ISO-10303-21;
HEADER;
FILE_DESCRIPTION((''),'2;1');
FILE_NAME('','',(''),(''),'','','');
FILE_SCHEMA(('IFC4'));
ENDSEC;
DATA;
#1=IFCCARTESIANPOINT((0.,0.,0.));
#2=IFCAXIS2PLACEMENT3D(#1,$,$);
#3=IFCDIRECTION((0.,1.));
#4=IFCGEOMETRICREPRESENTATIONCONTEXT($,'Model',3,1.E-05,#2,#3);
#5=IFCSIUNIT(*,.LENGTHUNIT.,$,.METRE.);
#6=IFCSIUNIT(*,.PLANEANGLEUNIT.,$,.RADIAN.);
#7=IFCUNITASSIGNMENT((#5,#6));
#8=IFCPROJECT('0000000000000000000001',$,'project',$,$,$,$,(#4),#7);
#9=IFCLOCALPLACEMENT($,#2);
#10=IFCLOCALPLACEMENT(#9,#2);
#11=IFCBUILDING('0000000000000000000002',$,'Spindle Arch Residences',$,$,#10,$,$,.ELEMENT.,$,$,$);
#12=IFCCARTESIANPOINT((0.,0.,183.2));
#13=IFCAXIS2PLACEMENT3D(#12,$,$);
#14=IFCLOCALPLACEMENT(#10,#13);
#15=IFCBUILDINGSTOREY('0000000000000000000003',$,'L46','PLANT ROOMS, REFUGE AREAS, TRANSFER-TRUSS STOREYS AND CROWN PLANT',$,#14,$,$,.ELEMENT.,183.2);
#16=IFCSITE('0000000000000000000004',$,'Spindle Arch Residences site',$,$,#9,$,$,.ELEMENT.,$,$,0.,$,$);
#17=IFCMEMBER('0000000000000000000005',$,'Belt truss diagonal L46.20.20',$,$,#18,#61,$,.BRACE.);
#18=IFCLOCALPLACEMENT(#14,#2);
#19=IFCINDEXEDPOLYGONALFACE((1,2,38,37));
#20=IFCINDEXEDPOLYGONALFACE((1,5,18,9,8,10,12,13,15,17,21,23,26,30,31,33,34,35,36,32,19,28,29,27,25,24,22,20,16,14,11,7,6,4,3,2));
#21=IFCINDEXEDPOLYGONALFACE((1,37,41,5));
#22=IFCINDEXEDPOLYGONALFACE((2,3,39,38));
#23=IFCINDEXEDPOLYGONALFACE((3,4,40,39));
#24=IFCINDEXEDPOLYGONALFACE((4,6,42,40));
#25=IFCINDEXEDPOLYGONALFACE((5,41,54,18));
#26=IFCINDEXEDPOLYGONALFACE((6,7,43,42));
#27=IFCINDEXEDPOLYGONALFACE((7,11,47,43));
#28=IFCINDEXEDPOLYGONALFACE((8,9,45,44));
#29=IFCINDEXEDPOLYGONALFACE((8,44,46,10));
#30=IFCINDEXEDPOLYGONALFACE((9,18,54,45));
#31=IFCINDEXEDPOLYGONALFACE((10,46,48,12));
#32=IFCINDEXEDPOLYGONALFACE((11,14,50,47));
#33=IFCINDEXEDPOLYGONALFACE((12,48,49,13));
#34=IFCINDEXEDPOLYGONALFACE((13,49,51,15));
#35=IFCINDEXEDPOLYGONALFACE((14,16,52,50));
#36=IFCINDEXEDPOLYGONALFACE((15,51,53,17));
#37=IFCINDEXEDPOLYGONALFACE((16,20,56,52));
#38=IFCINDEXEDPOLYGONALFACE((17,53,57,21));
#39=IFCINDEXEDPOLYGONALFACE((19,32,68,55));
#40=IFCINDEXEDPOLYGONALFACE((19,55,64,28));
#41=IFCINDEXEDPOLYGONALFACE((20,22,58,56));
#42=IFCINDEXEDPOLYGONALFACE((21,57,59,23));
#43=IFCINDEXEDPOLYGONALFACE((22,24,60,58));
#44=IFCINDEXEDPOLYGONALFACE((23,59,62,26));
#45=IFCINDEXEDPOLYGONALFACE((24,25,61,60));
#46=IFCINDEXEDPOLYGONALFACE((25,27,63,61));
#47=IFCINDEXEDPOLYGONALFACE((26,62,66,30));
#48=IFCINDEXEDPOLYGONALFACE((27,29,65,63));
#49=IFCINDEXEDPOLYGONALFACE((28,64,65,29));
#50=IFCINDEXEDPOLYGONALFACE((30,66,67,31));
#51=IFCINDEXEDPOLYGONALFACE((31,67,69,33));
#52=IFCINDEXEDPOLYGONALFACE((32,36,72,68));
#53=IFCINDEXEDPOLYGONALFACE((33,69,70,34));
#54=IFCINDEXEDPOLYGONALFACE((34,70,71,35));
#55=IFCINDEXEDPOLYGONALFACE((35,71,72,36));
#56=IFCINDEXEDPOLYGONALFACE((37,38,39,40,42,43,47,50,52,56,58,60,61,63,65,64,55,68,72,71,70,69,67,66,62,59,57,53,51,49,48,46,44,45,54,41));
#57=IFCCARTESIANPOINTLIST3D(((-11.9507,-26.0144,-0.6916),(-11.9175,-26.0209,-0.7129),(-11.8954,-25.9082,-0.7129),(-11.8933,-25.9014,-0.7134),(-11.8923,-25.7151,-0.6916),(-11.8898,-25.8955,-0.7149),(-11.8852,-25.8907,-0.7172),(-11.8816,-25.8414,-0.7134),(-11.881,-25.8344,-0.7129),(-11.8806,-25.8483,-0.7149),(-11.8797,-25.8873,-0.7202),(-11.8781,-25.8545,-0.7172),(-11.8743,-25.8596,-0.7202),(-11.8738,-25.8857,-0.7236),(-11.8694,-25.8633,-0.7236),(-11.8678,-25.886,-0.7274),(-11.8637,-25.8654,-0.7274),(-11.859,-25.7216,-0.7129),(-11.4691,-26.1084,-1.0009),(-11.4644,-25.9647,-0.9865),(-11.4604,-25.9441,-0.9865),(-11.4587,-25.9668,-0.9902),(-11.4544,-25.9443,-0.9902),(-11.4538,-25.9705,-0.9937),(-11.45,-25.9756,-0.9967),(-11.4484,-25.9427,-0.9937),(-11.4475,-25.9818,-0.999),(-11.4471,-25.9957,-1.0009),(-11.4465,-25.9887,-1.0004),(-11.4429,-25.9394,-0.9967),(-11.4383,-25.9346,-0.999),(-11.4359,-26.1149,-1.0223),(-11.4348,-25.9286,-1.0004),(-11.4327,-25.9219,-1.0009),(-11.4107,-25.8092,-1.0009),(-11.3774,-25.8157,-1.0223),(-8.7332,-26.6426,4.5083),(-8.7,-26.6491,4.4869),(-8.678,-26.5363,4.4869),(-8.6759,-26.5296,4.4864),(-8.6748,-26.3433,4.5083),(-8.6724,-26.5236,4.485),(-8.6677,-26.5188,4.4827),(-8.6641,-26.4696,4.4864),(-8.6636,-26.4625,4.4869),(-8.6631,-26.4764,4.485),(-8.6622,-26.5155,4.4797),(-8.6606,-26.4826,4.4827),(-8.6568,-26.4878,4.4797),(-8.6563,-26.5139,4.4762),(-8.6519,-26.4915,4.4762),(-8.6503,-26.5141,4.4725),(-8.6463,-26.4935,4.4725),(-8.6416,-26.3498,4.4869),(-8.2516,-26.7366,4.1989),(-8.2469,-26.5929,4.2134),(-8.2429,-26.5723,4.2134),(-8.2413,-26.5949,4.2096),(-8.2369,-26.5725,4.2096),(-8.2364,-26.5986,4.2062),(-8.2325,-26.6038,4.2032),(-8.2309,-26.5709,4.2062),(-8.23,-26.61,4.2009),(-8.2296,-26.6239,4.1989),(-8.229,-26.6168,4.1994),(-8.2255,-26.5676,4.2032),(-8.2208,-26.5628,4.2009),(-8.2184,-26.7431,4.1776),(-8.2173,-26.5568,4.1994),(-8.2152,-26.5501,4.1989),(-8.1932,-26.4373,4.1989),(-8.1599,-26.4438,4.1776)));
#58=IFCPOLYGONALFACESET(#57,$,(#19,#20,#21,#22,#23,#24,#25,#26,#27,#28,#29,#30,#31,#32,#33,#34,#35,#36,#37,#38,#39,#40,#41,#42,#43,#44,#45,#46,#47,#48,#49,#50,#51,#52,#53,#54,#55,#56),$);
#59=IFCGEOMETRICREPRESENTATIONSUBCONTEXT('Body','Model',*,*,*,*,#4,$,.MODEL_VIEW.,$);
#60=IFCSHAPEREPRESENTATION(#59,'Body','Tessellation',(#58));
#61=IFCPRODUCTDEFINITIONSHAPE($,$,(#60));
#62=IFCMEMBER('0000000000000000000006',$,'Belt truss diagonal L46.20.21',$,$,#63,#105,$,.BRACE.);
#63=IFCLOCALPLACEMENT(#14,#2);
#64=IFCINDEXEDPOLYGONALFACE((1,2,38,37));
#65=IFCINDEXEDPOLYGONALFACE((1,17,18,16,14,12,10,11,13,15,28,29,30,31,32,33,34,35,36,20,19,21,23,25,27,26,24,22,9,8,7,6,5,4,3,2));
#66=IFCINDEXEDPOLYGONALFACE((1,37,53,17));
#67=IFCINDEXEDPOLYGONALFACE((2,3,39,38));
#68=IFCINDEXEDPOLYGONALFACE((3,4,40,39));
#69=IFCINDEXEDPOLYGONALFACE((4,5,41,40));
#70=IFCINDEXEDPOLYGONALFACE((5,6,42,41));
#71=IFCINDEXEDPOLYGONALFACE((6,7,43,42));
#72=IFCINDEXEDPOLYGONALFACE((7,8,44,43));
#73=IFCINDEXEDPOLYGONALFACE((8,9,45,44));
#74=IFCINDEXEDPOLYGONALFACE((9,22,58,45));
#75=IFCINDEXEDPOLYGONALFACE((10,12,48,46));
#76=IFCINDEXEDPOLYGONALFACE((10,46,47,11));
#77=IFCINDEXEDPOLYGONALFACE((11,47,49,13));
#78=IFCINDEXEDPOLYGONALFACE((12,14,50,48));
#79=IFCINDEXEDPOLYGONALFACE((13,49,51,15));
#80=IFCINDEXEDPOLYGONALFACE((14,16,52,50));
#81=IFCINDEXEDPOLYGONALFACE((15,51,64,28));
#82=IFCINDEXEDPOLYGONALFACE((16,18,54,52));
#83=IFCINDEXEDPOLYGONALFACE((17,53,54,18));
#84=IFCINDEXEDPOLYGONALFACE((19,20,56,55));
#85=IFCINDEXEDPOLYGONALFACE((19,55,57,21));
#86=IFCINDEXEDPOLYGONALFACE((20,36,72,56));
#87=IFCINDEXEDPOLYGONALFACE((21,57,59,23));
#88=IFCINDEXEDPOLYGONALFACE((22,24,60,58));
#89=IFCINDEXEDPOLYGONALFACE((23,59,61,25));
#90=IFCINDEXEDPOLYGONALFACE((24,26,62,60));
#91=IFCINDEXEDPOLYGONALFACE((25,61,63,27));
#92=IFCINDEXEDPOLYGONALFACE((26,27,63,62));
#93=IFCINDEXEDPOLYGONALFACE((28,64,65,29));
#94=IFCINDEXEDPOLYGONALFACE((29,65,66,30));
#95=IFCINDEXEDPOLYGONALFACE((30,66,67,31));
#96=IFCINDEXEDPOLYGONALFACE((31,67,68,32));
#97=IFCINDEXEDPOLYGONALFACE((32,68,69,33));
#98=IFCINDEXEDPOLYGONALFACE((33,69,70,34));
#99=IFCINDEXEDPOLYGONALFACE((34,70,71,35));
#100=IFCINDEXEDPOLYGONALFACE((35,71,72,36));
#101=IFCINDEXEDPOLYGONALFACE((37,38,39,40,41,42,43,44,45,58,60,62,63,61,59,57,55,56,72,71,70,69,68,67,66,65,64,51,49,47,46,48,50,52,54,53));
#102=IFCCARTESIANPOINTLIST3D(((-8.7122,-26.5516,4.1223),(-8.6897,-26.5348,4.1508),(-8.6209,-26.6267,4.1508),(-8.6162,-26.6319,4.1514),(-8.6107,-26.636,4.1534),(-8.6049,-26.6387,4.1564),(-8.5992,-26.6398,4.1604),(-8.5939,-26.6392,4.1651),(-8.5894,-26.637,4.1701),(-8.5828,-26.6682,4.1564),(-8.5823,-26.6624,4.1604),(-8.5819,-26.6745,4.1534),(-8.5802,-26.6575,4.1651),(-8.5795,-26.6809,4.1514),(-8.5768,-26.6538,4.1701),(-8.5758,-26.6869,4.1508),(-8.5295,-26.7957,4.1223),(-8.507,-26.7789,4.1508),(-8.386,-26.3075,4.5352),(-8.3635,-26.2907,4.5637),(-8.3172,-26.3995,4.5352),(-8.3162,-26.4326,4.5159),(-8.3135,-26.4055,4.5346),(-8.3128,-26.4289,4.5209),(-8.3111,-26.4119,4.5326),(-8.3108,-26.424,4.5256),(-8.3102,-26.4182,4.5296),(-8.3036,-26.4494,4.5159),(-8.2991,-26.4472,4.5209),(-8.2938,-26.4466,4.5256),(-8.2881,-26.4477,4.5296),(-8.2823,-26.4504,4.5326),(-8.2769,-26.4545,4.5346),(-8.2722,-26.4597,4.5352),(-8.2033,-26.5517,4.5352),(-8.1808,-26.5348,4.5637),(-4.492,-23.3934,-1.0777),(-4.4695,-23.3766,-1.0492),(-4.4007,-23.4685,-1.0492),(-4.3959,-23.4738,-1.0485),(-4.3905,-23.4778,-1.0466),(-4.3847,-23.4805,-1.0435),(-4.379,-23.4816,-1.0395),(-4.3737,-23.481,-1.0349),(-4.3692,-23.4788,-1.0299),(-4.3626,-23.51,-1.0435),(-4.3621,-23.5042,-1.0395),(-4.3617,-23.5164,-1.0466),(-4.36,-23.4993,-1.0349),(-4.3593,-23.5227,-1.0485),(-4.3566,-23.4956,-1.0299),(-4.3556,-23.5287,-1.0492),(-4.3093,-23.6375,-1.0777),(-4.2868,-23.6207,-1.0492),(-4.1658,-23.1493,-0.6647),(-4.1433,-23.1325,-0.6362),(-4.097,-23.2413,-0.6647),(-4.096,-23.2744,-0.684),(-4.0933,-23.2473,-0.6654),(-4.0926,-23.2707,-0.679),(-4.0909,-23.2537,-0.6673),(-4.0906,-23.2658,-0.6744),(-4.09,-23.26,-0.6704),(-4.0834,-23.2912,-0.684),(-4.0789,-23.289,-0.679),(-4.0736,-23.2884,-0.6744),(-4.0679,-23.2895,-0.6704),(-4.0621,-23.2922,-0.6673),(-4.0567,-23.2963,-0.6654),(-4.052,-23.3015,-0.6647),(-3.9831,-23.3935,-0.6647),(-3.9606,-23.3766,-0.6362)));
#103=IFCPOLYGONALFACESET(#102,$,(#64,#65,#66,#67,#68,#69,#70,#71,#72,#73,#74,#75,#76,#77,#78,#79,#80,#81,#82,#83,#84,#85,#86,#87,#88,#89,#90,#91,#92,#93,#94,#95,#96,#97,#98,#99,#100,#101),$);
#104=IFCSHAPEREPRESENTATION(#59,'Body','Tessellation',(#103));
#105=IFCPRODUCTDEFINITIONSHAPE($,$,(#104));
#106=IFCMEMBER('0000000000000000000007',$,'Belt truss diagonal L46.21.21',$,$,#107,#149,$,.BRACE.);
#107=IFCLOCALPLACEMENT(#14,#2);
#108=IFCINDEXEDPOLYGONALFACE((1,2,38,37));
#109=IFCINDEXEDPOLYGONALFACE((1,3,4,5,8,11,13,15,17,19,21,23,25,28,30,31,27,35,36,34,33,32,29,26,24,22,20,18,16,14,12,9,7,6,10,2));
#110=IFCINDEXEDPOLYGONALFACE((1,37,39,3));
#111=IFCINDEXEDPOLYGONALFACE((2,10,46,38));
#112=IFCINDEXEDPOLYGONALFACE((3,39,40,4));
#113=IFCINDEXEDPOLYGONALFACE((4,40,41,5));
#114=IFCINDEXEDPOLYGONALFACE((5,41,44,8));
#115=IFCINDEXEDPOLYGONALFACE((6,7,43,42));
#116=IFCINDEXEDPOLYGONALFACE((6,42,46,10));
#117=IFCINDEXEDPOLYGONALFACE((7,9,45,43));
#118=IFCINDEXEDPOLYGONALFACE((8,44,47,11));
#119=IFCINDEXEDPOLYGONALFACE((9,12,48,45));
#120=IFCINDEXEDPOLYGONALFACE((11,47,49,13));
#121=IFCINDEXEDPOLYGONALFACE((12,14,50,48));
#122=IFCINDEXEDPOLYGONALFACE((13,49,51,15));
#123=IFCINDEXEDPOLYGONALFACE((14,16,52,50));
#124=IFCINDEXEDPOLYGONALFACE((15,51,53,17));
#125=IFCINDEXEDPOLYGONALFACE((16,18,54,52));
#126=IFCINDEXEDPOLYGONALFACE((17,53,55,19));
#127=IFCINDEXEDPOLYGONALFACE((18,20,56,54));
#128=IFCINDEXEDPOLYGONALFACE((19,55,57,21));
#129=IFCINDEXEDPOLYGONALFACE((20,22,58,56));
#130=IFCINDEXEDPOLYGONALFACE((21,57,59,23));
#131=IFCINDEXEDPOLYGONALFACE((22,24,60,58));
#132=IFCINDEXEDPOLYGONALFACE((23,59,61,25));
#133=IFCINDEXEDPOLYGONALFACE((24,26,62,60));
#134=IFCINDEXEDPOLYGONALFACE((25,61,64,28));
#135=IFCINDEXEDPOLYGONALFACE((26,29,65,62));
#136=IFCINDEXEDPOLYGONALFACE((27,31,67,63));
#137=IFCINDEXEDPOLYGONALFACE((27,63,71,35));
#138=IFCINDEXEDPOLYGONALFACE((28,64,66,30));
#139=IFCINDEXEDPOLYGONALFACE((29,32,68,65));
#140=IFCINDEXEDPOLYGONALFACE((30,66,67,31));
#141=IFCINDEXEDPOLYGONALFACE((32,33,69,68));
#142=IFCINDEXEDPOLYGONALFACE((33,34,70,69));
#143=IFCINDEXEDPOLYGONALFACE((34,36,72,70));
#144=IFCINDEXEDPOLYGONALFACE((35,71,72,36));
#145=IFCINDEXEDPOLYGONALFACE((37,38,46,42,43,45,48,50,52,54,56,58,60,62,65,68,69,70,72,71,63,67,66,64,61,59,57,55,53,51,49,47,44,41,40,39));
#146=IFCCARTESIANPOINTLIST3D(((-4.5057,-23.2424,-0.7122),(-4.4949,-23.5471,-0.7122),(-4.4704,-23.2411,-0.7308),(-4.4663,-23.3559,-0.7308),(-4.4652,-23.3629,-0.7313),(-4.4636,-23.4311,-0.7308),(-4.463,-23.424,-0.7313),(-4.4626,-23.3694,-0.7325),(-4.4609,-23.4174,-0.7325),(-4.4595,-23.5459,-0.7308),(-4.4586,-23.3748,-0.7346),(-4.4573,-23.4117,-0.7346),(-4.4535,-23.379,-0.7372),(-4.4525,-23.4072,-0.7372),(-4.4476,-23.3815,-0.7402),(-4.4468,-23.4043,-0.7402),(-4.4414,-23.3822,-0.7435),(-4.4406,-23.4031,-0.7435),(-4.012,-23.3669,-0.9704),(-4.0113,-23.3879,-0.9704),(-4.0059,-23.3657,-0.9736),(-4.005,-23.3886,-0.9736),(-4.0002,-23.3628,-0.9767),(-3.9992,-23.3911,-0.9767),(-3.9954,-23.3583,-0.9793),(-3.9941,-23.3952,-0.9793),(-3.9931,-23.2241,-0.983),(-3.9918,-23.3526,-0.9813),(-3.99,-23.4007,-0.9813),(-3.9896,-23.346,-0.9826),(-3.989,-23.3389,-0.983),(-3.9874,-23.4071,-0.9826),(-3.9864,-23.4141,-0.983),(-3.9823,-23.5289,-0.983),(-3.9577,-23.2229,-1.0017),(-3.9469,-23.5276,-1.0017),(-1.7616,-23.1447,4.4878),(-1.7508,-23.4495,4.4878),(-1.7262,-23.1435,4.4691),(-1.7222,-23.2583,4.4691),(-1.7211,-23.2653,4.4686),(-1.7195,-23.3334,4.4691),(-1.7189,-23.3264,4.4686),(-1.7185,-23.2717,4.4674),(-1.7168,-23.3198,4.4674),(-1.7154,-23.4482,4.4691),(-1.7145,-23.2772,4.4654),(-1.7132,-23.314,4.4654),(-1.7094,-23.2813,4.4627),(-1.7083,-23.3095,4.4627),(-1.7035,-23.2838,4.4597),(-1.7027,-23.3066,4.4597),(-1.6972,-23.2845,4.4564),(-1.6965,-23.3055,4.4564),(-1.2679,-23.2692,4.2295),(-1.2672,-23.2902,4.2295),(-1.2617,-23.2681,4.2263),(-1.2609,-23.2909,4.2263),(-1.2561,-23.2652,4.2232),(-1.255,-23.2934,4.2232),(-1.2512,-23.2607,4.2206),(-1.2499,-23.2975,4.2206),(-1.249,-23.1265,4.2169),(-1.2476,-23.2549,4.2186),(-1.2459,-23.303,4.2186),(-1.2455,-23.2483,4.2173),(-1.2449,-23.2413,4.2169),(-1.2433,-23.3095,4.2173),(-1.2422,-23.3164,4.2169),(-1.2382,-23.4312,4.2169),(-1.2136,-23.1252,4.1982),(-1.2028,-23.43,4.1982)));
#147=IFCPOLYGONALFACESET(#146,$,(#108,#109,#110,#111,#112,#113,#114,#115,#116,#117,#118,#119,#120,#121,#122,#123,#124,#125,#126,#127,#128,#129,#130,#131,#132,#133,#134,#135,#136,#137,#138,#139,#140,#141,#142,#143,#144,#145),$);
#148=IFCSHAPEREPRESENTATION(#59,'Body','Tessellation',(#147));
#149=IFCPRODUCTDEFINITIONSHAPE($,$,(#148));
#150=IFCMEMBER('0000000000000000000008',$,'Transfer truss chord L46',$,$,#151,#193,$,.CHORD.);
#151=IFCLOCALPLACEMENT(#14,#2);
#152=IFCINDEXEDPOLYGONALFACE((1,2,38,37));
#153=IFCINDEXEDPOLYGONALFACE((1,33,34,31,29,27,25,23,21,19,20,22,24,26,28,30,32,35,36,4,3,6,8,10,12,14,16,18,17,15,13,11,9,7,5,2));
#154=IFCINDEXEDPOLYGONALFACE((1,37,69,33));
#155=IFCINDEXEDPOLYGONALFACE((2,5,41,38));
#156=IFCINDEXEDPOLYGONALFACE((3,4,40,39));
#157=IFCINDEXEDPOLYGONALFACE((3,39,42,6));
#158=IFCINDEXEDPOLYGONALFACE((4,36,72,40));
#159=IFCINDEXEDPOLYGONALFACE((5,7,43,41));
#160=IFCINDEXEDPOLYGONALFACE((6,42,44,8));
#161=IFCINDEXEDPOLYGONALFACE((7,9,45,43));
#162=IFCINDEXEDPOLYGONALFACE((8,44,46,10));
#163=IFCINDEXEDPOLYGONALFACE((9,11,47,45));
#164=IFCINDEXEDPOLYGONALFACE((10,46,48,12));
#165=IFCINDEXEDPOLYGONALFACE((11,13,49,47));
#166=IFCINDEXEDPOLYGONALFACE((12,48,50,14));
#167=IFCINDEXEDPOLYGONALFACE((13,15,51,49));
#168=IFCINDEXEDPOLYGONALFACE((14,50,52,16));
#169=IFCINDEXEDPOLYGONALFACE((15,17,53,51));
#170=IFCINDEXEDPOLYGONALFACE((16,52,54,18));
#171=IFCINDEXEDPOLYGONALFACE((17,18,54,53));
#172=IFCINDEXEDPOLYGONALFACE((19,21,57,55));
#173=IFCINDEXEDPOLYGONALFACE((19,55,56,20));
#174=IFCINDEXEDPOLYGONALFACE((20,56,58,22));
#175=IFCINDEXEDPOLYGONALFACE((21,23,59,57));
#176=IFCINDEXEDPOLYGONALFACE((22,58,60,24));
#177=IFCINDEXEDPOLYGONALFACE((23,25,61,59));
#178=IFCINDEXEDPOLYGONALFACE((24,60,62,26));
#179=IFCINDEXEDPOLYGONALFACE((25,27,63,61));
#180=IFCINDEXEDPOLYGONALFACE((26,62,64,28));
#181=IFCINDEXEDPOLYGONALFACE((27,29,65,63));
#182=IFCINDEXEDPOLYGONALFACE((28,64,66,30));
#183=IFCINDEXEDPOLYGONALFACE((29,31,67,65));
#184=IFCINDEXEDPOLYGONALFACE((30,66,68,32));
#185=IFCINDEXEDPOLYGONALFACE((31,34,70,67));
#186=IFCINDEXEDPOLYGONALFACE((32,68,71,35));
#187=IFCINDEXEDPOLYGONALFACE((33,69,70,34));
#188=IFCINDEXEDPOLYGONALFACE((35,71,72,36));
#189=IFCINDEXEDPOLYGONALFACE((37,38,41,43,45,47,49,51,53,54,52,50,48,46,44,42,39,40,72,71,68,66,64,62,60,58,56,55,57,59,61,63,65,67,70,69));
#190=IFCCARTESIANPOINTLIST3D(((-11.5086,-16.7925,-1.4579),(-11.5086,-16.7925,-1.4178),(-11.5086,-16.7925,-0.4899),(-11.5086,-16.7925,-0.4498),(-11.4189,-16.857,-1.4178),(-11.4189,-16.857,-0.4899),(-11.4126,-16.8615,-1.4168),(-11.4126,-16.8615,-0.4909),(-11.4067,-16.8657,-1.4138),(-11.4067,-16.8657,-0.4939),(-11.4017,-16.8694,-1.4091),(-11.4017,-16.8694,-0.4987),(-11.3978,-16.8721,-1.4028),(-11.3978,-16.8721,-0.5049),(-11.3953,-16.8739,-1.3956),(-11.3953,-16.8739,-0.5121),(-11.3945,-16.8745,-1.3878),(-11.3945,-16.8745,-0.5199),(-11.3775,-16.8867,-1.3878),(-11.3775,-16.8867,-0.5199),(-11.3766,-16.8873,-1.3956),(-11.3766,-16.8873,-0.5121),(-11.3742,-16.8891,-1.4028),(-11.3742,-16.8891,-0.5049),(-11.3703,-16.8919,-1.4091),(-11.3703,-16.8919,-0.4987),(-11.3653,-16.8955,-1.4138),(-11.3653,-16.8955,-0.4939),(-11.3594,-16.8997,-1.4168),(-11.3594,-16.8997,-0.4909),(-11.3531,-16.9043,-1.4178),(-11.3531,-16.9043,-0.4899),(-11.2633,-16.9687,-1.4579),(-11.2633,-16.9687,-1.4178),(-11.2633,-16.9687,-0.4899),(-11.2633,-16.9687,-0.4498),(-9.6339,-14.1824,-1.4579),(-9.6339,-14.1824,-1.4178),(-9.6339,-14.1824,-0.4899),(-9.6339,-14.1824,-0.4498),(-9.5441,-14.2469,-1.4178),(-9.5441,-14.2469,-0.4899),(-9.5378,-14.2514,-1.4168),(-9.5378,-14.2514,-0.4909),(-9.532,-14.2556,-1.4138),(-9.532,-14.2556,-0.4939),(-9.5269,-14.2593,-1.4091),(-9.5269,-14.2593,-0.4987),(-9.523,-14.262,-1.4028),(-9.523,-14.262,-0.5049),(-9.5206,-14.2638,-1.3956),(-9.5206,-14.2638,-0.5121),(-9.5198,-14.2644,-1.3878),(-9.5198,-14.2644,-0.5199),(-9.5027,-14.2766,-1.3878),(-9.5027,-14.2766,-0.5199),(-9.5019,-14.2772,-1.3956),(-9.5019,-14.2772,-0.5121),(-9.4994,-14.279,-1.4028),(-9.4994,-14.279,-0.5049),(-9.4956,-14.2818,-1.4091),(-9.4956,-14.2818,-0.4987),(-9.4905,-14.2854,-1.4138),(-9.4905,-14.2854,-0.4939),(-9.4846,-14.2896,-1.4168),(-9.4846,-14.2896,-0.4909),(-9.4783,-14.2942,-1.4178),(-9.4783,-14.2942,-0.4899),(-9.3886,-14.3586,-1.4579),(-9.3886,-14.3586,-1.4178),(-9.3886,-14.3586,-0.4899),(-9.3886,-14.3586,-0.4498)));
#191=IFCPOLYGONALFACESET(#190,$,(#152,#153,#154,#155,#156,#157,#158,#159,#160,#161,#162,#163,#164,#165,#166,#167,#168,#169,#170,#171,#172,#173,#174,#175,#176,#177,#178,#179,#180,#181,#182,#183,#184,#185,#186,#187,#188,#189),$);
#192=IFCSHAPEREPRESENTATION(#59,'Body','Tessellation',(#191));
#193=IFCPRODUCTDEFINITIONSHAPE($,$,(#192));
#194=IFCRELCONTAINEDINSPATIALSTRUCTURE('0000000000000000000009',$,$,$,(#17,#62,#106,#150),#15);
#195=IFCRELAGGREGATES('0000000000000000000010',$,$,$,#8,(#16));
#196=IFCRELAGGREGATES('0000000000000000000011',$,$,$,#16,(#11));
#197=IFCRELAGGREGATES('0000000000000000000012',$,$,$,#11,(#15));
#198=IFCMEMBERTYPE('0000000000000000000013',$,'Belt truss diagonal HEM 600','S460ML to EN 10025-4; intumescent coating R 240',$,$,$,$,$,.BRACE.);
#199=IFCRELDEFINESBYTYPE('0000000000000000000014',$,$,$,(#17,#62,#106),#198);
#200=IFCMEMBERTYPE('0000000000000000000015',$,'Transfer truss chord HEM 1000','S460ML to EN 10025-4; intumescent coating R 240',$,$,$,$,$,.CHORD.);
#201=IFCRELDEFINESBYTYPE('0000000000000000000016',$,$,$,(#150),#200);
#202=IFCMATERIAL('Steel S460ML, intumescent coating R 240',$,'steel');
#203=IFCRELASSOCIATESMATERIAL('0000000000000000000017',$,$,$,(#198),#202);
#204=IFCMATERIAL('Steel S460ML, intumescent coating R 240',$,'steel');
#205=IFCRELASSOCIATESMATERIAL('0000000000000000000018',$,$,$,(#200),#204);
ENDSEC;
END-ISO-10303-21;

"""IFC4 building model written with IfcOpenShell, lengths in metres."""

from ifc_helpers import new_model, si_unit, direction, frame, origin, origin_2d, place, context, subcontext, project, spatial, i_section, extrude, material, material_profile, profile_set, type_object, element, save


model = new_model("IFC4")

# Units and contexts
model_context = context("Model", 3, precision=1e-05, world=origin(), true_north=direction((0.0, 1.0)))
body_context = subcontext(model_context, "Body", "Model", "MODEL_VIEW")
ifc_project = project(units=[si_unit("LENGTHUNIT", "METRE"), si_unit("PLANEANGLEUNIT", "RADIAN")], contexts=[model_context])

# Site, building, storey
site_placement = place(None, origin())
site = spatial("IfcSite", under=ifc_project, at=site_placement, Name="Spindle Arch Residences site", CompositionType="ELEMENT", RefElevation=0.0)
building_placement = place(site_placement, origin())
building = spatial("IfcBuilding", under=site, at=building_placement, Name="Spindle Arch Residences", CompositionType="ELEMENT")
storey_placement = place(building_placement, frame((0.0, 0.0, 183.2)))
storey = spatial("IfcBuildingStorey", under=building, at=storey_placement, Name="L46", Description="PLANT ROOMS, REFUGE AREAS, TRANSFER-TRUSS STOREYS AND CROWN PLANT", CompositionType="ELEMENT", Elevation=183.2)

# Members
ifc_material_1 = material(Name="Steel S460ML, intumescent coating R 240", Category="steel")
ifc_material_profile_1 = material_profile(ifc_material_1, i_section(OverallWidth=0.3049, OverallDepth=0.6201, WebThickness=0.021, FlangeThickness=0.04, FilletRadius=0.0271, at=origin_2d()), Name="HEM 600")
ifc_profile_set_1 = profile_set([ifc_material_profile_1], Name="Steel S460ML, intumescent coating R 240")
member_type_1 = type_object("IfcMemberType", Name="Belt truss diagonal HEM 600", Description="S460ML to EN 10025-4; intumescent coating R 240", PredefinedType="BRACE", material=ifc_profile_set_1)
member_1_placement = place(storey_placement, frame((-11.6641, -25.915, -0.8569), z_axis=(0.523424, -0.102191, 0.845922), x_axis=(0.191617, 0.98147, 0.0)))
element("IfcMember", 1, at=member_1_placement, inside=storey, type_object=member_type_1, Name="Belt truss diagonal L46.20.20", PredefinedType="BRACE", context=body_context, shape_type="SweptSolid", body=[
    extrude(i_section(OverallWidth=0.3049, OverallDepth=0.6201, WebThickness=0.021, FlangeThickness=0.04, FilletRadius=0.0271, at=origin_2d()), origin(), (0.0, 0.0, 1.0), 6.147),
])
member_2_placement = place(storey_placement, frame((-4.2263, -23.385, -0.8569), z_axis=(-0.569967, -0.426535, 0.702286), x_axis=(0.599155, -0.800633, 0.0)))
element("IfcMember", 2, at=member_2_placement, inside=storey, type_object=member_type_1, Name="Belt truss diagonal L46.20.21", PredefinedType="BRACE", context=body_context, shape_type="SweptSolid", body=[
    extrude(i_section(OverallWidth=0.3049, OverallDepth=0.6201, WebThickness=0.021, FlangeThickness=0.04, FilletRadius=0.0271, at=origin_2d()), origin(), (0.0, 0.0, 1.0), 7.4043),
])
member_3_placement = place(storey_placement, frame((-4.2263, -23.385, -0.8569), z_axis=(0.466657, 0.016607, 0.884282), x_axis=(-0.035565, 0.999367, 0.0)))
element("IfcMember", 3, at=member_3_placement, inside=storey, type_object=member_type_1, Name="Belt truss diagonal L46.21.21", PredefinedType="BRACE", context=body_context, shape_type="SweptSolid", body=[
    extrude(i_section(OverallWidth=0.3049, OverallDepth=0.6201, WebThickness=0.021, FlangeThickness=0.04, FilletRadius=0.0271, at=origin_2d()), origin(), (0.0, 0.0, 1.0), 5.8804),
])
ifc_material_2 = material(Name="Steel S460ML, intumescent coating R 240", Category="steel")
ifc_material_profile_2 = material_profile(ifc_material_2, i_section(OverallWidth=0.302, OverallDepth=1.0081, WebThickness=0.021, FlangeThickness=0.04, FilletRadius=0.03, at=origin_2d()), Name="HEM 1000")
ifc_profile_set_2 = profile_set([ifc_material_profile_2], Name="Steel S460ML, intumescent coating R 240")
member_type_2 = type_object("IfcMemberType", Name="Transfer truss chord HEM 1000", Description="S460ML to EN 10025-4; intumescent coating R 240", PredefinedType="CHORD", material=ifc_profile_set_2)
member_4_placement = place(storey_placement, frame((-9.5112, -14.2705, -0.9539), z_axis=(-0.583378, -0.812201, 0.0), x_axis=(0.812201, -0.583378, 0.0)))
element("IfcMember", 4, at=member_4_placement, inside=storey, type_object=member_type_2, Name="Transfer truss chord L46", PredefinedType="CHORD", context=body_context, shape_type="SweptSolid", body=[
    extrude(i_section(OverallWidth=0.302, OverallDepth=1.0081, WebThickness=0.021, FlangeThickness=0.04, FilletRadius=0.03, at=origin_2d()), origin(), (0.0, 0.0, 1.0), 3.2136),
])

save(model, "model.ifc")
